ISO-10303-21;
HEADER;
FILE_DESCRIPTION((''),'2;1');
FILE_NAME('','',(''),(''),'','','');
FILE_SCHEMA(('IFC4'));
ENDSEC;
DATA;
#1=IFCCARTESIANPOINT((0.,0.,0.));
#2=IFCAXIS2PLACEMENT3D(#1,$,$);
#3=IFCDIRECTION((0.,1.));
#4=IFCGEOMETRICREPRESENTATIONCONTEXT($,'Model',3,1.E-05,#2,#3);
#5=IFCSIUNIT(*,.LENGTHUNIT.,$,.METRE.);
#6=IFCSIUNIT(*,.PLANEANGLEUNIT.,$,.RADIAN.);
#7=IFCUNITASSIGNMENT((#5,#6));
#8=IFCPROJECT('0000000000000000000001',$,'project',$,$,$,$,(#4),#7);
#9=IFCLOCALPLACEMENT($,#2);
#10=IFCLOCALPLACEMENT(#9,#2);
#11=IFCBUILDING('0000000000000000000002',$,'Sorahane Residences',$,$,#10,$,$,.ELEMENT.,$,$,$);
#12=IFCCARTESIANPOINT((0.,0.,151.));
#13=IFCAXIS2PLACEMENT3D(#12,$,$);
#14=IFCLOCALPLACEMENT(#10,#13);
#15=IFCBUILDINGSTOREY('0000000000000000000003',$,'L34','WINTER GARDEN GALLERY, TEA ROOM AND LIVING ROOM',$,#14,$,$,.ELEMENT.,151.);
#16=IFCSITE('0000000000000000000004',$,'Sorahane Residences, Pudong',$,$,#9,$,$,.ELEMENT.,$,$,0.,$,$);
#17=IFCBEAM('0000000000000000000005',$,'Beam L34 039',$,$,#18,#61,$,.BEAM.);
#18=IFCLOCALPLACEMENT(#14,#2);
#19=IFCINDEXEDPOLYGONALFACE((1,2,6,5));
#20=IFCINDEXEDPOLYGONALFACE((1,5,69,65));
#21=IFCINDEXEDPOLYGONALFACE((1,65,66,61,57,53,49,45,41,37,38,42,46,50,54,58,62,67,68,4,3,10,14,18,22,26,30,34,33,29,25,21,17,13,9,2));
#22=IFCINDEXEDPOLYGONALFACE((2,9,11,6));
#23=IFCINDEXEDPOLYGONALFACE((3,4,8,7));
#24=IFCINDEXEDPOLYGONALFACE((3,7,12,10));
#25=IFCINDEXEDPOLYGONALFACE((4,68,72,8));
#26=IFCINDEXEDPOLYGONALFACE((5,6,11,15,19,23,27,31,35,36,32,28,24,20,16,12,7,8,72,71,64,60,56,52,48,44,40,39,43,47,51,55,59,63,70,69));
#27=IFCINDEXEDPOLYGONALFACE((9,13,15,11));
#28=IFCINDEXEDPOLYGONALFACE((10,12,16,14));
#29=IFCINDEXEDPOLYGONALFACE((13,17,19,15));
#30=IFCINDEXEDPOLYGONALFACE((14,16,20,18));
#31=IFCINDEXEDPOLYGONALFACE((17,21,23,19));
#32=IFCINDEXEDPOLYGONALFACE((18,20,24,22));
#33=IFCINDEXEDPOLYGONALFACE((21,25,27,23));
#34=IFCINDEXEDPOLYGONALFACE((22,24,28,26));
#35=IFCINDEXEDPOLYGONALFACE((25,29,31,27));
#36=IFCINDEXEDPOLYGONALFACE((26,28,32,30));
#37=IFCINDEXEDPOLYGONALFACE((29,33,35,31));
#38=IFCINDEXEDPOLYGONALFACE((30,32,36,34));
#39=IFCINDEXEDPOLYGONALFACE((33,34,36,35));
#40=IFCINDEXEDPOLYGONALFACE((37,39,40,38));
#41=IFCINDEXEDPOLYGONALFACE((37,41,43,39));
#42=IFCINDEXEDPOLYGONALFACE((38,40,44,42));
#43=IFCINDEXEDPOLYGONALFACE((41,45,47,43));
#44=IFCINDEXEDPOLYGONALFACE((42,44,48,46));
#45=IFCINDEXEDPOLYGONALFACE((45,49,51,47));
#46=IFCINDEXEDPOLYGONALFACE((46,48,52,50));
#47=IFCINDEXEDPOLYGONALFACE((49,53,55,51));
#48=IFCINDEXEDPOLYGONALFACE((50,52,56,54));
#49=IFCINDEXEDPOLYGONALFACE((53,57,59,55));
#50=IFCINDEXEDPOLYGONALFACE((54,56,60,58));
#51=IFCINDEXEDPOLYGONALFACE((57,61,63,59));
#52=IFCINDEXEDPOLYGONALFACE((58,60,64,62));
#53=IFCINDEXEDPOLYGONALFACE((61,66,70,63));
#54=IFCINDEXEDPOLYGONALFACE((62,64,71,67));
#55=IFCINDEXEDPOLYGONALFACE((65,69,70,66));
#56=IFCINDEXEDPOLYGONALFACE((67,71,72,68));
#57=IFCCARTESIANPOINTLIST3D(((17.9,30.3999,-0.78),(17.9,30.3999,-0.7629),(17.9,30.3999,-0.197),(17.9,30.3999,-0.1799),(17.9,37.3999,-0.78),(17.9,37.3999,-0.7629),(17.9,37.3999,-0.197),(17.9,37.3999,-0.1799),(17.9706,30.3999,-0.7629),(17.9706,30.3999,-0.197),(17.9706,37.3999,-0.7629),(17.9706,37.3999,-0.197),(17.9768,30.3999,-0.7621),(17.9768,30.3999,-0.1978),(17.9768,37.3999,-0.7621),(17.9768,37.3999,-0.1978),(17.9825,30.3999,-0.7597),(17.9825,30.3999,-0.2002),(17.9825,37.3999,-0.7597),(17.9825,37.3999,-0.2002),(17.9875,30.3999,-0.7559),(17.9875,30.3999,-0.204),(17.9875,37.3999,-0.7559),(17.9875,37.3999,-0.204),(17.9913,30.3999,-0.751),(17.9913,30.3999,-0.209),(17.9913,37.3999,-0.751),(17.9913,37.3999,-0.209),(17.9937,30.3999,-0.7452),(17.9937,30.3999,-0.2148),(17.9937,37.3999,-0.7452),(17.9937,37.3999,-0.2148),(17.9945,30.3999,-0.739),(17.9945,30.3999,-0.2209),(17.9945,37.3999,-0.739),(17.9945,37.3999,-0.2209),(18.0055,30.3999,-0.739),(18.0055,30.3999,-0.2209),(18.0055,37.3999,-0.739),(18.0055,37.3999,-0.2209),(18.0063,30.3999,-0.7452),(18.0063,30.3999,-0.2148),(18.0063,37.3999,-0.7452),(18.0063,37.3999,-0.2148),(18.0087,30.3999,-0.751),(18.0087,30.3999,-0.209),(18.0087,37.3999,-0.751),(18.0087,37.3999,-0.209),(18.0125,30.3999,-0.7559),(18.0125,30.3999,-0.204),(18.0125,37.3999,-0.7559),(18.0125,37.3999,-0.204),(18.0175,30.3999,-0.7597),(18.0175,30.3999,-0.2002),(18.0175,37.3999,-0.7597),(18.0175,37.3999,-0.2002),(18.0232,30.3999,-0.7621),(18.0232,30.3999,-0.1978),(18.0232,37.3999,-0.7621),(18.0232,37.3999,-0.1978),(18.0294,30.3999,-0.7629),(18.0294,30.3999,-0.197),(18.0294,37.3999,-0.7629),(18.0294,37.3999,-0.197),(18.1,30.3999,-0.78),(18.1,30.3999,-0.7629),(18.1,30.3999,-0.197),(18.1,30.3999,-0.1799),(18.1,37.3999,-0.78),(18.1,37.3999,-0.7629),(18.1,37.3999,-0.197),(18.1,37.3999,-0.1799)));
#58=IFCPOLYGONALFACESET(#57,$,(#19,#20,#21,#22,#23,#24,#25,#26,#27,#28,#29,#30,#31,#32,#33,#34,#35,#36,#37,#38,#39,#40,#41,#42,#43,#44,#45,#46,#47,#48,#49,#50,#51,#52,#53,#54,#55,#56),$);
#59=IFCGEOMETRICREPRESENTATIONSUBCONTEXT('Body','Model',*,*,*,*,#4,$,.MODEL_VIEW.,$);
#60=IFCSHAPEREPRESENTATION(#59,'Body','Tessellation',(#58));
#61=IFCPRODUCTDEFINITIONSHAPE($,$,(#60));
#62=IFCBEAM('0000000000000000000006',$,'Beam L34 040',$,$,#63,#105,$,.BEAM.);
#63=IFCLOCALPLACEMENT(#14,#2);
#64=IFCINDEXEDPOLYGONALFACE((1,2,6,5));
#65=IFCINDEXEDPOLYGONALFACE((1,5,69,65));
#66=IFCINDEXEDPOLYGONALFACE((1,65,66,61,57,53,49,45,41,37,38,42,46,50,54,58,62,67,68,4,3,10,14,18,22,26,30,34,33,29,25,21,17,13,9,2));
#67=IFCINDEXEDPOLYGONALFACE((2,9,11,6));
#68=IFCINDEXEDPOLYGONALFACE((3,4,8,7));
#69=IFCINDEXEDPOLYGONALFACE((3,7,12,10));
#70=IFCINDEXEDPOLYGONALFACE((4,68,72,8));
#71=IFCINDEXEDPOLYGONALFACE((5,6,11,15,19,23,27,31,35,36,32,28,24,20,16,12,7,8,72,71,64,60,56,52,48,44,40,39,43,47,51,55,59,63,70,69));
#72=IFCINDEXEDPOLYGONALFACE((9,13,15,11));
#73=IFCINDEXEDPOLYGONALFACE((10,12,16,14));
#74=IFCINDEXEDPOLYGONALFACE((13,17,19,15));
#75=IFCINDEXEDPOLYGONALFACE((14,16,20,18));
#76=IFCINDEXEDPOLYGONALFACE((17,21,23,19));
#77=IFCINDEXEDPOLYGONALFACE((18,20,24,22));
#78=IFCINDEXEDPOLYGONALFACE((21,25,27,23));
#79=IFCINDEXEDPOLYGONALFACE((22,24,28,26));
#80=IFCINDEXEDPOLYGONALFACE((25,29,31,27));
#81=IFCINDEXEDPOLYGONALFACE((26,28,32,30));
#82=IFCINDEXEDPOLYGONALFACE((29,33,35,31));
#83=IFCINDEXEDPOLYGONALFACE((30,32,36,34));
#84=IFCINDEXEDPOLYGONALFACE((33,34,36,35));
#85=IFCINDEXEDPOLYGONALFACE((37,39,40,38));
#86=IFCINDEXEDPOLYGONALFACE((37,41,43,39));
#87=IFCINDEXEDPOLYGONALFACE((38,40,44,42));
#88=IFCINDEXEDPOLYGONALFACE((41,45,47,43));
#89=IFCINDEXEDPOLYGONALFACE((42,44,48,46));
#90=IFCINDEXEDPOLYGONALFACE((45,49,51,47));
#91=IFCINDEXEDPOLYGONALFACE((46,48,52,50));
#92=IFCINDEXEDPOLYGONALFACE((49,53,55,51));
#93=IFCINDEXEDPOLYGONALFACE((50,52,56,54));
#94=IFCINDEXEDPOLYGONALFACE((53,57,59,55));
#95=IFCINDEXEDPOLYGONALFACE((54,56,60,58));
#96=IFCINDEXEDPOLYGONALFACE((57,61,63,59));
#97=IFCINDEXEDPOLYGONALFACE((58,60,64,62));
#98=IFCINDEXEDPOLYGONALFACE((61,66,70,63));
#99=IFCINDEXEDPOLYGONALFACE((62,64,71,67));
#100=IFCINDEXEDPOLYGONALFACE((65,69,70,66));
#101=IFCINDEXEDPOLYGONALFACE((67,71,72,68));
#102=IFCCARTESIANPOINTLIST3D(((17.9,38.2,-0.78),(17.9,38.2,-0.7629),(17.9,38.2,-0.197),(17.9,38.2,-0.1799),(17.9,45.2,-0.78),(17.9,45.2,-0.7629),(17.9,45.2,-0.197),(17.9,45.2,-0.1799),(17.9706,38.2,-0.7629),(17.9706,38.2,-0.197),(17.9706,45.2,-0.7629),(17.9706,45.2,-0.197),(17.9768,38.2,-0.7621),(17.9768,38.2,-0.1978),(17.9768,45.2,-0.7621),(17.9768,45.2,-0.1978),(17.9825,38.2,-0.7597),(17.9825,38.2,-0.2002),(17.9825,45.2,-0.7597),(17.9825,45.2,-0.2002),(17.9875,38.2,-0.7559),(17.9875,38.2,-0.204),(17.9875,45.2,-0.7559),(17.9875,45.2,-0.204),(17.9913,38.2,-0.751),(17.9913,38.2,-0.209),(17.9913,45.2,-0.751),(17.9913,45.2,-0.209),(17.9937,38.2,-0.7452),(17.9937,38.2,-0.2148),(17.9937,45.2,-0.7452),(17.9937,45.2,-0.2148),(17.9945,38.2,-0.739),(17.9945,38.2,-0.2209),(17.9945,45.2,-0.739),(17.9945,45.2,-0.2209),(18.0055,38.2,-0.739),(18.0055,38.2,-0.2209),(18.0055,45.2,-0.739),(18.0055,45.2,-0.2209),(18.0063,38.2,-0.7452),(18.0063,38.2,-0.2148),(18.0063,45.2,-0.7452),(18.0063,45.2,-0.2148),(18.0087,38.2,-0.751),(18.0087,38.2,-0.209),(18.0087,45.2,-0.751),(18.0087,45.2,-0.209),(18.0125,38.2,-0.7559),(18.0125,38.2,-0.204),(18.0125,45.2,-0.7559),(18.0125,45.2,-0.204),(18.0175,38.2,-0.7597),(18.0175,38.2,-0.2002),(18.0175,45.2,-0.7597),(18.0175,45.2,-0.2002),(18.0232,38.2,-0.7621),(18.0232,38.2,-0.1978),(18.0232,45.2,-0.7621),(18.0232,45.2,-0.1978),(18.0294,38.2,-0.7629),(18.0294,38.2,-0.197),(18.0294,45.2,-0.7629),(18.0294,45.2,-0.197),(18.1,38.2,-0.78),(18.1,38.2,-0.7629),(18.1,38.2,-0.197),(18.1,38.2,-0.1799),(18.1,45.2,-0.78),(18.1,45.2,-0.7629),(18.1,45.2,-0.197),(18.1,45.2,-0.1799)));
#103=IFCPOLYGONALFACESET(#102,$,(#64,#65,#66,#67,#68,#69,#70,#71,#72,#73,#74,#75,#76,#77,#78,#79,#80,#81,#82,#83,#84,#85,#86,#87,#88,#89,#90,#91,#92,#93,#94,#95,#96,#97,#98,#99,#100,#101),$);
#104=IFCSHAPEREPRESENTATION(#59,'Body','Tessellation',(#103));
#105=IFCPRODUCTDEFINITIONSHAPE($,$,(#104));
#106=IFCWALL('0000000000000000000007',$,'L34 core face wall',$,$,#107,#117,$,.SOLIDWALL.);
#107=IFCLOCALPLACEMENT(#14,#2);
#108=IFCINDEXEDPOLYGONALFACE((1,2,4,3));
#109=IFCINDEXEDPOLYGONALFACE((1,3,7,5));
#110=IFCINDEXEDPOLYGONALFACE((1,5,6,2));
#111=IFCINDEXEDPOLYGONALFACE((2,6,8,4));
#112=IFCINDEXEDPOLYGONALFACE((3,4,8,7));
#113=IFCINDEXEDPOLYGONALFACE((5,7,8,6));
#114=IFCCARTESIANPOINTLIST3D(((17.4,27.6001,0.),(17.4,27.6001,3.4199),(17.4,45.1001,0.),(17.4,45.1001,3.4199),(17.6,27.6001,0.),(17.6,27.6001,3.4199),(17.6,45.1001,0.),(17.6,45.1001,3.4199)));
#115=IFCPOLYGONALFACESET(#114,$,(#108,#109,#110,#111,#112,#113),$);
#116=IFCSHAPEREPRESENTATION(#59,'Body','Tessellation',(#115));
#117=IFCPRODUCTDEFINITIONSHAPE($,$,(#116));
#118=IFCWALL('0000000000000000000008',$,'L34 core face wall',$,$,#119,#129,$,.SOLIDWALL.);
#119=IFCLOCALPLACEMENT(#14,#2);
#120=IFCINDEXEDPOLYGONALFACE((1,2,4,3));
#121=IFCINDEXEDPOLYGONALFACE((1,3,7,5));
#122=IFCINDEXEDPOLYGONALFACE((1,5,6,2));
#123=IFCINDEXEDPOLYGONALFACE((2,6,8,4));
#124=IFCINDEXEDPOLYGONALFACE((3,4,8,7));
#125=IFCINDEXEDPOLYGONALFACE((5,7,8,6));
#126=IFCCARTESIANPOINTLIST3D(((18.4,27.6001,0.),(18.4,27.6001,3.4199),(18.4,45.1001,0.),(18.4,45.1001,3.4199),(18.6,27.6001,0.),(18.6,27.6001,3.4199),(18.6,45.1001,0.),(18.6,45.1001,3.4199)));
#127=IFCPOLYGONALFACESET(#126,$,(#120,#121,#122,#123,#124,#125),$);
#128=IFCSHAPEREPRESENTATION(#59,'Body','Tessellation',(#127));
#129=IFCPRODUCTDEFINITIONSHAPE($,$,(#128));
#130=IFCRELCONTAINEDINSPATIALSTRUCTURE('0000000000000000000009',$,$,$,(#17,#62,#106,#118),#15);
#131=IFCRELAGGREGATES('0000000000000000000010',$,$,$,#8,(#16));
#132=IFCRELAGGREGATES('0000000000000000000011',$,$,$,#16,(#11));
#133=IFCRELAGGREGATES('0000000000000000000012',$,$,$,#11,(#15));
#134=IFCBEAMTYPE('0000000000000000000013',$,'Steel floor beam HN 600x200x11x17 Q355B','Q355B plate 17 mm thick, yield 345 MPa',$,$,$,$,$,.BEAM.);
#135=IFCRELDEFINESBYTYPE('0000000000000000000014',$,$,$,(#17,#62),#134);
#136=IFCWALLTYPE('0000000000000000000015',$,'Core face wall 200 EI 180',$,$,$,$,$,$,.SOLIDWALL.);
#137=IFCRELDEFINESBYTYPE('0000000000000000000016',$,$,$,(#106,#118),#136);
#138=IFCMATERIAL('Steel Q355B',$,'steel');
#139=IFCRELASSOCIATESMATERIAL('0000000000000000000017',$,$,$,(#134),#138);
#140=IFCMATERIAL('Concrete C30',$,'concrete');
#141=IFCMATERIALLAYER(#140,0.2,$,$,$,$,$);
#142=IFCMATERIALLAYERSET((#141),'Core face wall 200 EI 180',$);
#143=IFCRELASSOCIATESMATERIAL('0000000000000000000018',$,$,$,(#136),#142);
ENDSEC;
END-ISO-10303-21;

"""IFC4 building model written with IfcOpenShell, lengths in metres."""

from ifc_helpers import new_model, si_unit, direction, frame, frame_2d, origin, origin_2d, place, context, subcontext, project, spatial, rectangle, i_section, extrude, material, layer, layer_set, material_profile, profile_set, type_object, element, save


model = new_model("IFC4")

# Units and contexts
model_context = context("Model", 3, precision=1e-05, world=origin(), true_north=direction((0.0, 1.0)))
body_context = subcontext(model_context, "Body", "Model", "MODEL_VIEW")
ifc_project = project(units=[si_unit("LENGTHUNIT", "METRE"), si_unit("PLANEANGLEUNIT", "RADIAN")], contexts=[model_context])

# Site, building, storey
site_placement = place(None, origin())
site = spatial("IfcSite", under=ifc_project, at=site_placement, Name="Sorahane Residences, Pudong", CompositionType="ELEMENT", RefElevation=0.0)
building_placement = place(site_placement, origin())
building = spatial("IfcBuilding", under=site, at=building_placement, Name="Sorahane Residences", CompositionType="ELEMENT")
storey_placement = place(building_placement, frame((0.0, 0.0, 151.0)))
storey = spatial("IfcBuildingStorey", under=building, at=storey_placement, Name="L34", Description="WINTER GARDEN GALLERY, TEA ROOM AND LIVING ROOM", CompositionType="ELEMENT", Elevation=151.0)

# Beams
ifc_material_1 = material(Name="Steel Q355B", Category="steel")
ifc_material_profile_1 = material_profile(ifc_material_1, i_section(OverallWidth=0.2, OverallDepth=0.6001, WebThickness=0.011, FlangeThickness=0.0171, FilletRadius=0.0239, at=origin_2d()), Name="HN 600x200x11x17")
ifc_profile_set_1 = profile_set([ifc_material_profile_1], Name="Steel Q355B")
beam_type = type_object("IfcBeamType", Name="Steel floor beam HN 600x200x11x17 Q355B", Description="Q355B plate 17 mm thick, yield 345 MPa", PredefinedType="BEAM", material=ifc_profile_set_1)
for number, where, z_axis, x_axis, name in (
    (1, (18.0, 30.3999, -0.48), (0.0, 1.0, 0.0), (-1.0, 0.0, 0.0), "Beam L34 039"),
    (2, (18.0, 38.2, -0.48), (0.0, 1.0, 0.0), (-1.0, 0.0, 0.0), "Beam L34 040"),
):
    element("IfcBeam", number, at=place(storey_placement, frame(where, z_axis=z_axis, x_axis=x_axis)), inside=storey, type_object=beam_type, Name=name, PredefinedType="BEAM", context=body_context, shape_type="SweptSolid", body=[
        extrude(i_section(OverallWidth=0.2, OverallDepth=0.6001, WebThickness=0.011, FlangeThickness=0.0171, FilletRadius=0.0239, at=origin_2d()), origin(), (0.0, 0.0, 1.0), 7.0),
    ])

# Walls
ifc_material_2 = material(Name="Concrete C30", Category="concrete")
ifc_layer_1 = layer(ifc_material_2, 0.2)
ifc_layer_set_1 = layer_set([ifc_layer_1], Name="Core face wall 200 EI 180")
wall_type_1 = type_object("IfcWallType", Name="Core face wall 200 EI 180", PredefinedType="SOLIDWALL", material=ifc_layer_set_1)
for number, where, z_axis, x_axis, name in (
    (3, (17.5, 27.6001, 0.0), (0.0, 0.0, 1.0), (0.0, 1.0, 0.0), "L34 core face wall"),
    (4, (18.5, 27.6001, 0.0), (0.0, 0.0, 1.0), (0.0, 1.0, 0.0), "L34 core face wall"),
):
    element("IfcWall", number, at=place(storey_placement, frame(where, z_axis=z_axis, x_axis=x_axis)), inside=storey, type_object=wall_type_1, Name=name, PredefinedType="SOLIDWALL", context=body_context, shape_type="SweptSolid", body=[
        extrude(rectangle(XDim=17.5, YDim=0.2, at=frame_2d((8.75, 0.0))), origin(), (0.0, 0.0, 1.0), 3.4199),
    ])

save(model, "model.ifc")
